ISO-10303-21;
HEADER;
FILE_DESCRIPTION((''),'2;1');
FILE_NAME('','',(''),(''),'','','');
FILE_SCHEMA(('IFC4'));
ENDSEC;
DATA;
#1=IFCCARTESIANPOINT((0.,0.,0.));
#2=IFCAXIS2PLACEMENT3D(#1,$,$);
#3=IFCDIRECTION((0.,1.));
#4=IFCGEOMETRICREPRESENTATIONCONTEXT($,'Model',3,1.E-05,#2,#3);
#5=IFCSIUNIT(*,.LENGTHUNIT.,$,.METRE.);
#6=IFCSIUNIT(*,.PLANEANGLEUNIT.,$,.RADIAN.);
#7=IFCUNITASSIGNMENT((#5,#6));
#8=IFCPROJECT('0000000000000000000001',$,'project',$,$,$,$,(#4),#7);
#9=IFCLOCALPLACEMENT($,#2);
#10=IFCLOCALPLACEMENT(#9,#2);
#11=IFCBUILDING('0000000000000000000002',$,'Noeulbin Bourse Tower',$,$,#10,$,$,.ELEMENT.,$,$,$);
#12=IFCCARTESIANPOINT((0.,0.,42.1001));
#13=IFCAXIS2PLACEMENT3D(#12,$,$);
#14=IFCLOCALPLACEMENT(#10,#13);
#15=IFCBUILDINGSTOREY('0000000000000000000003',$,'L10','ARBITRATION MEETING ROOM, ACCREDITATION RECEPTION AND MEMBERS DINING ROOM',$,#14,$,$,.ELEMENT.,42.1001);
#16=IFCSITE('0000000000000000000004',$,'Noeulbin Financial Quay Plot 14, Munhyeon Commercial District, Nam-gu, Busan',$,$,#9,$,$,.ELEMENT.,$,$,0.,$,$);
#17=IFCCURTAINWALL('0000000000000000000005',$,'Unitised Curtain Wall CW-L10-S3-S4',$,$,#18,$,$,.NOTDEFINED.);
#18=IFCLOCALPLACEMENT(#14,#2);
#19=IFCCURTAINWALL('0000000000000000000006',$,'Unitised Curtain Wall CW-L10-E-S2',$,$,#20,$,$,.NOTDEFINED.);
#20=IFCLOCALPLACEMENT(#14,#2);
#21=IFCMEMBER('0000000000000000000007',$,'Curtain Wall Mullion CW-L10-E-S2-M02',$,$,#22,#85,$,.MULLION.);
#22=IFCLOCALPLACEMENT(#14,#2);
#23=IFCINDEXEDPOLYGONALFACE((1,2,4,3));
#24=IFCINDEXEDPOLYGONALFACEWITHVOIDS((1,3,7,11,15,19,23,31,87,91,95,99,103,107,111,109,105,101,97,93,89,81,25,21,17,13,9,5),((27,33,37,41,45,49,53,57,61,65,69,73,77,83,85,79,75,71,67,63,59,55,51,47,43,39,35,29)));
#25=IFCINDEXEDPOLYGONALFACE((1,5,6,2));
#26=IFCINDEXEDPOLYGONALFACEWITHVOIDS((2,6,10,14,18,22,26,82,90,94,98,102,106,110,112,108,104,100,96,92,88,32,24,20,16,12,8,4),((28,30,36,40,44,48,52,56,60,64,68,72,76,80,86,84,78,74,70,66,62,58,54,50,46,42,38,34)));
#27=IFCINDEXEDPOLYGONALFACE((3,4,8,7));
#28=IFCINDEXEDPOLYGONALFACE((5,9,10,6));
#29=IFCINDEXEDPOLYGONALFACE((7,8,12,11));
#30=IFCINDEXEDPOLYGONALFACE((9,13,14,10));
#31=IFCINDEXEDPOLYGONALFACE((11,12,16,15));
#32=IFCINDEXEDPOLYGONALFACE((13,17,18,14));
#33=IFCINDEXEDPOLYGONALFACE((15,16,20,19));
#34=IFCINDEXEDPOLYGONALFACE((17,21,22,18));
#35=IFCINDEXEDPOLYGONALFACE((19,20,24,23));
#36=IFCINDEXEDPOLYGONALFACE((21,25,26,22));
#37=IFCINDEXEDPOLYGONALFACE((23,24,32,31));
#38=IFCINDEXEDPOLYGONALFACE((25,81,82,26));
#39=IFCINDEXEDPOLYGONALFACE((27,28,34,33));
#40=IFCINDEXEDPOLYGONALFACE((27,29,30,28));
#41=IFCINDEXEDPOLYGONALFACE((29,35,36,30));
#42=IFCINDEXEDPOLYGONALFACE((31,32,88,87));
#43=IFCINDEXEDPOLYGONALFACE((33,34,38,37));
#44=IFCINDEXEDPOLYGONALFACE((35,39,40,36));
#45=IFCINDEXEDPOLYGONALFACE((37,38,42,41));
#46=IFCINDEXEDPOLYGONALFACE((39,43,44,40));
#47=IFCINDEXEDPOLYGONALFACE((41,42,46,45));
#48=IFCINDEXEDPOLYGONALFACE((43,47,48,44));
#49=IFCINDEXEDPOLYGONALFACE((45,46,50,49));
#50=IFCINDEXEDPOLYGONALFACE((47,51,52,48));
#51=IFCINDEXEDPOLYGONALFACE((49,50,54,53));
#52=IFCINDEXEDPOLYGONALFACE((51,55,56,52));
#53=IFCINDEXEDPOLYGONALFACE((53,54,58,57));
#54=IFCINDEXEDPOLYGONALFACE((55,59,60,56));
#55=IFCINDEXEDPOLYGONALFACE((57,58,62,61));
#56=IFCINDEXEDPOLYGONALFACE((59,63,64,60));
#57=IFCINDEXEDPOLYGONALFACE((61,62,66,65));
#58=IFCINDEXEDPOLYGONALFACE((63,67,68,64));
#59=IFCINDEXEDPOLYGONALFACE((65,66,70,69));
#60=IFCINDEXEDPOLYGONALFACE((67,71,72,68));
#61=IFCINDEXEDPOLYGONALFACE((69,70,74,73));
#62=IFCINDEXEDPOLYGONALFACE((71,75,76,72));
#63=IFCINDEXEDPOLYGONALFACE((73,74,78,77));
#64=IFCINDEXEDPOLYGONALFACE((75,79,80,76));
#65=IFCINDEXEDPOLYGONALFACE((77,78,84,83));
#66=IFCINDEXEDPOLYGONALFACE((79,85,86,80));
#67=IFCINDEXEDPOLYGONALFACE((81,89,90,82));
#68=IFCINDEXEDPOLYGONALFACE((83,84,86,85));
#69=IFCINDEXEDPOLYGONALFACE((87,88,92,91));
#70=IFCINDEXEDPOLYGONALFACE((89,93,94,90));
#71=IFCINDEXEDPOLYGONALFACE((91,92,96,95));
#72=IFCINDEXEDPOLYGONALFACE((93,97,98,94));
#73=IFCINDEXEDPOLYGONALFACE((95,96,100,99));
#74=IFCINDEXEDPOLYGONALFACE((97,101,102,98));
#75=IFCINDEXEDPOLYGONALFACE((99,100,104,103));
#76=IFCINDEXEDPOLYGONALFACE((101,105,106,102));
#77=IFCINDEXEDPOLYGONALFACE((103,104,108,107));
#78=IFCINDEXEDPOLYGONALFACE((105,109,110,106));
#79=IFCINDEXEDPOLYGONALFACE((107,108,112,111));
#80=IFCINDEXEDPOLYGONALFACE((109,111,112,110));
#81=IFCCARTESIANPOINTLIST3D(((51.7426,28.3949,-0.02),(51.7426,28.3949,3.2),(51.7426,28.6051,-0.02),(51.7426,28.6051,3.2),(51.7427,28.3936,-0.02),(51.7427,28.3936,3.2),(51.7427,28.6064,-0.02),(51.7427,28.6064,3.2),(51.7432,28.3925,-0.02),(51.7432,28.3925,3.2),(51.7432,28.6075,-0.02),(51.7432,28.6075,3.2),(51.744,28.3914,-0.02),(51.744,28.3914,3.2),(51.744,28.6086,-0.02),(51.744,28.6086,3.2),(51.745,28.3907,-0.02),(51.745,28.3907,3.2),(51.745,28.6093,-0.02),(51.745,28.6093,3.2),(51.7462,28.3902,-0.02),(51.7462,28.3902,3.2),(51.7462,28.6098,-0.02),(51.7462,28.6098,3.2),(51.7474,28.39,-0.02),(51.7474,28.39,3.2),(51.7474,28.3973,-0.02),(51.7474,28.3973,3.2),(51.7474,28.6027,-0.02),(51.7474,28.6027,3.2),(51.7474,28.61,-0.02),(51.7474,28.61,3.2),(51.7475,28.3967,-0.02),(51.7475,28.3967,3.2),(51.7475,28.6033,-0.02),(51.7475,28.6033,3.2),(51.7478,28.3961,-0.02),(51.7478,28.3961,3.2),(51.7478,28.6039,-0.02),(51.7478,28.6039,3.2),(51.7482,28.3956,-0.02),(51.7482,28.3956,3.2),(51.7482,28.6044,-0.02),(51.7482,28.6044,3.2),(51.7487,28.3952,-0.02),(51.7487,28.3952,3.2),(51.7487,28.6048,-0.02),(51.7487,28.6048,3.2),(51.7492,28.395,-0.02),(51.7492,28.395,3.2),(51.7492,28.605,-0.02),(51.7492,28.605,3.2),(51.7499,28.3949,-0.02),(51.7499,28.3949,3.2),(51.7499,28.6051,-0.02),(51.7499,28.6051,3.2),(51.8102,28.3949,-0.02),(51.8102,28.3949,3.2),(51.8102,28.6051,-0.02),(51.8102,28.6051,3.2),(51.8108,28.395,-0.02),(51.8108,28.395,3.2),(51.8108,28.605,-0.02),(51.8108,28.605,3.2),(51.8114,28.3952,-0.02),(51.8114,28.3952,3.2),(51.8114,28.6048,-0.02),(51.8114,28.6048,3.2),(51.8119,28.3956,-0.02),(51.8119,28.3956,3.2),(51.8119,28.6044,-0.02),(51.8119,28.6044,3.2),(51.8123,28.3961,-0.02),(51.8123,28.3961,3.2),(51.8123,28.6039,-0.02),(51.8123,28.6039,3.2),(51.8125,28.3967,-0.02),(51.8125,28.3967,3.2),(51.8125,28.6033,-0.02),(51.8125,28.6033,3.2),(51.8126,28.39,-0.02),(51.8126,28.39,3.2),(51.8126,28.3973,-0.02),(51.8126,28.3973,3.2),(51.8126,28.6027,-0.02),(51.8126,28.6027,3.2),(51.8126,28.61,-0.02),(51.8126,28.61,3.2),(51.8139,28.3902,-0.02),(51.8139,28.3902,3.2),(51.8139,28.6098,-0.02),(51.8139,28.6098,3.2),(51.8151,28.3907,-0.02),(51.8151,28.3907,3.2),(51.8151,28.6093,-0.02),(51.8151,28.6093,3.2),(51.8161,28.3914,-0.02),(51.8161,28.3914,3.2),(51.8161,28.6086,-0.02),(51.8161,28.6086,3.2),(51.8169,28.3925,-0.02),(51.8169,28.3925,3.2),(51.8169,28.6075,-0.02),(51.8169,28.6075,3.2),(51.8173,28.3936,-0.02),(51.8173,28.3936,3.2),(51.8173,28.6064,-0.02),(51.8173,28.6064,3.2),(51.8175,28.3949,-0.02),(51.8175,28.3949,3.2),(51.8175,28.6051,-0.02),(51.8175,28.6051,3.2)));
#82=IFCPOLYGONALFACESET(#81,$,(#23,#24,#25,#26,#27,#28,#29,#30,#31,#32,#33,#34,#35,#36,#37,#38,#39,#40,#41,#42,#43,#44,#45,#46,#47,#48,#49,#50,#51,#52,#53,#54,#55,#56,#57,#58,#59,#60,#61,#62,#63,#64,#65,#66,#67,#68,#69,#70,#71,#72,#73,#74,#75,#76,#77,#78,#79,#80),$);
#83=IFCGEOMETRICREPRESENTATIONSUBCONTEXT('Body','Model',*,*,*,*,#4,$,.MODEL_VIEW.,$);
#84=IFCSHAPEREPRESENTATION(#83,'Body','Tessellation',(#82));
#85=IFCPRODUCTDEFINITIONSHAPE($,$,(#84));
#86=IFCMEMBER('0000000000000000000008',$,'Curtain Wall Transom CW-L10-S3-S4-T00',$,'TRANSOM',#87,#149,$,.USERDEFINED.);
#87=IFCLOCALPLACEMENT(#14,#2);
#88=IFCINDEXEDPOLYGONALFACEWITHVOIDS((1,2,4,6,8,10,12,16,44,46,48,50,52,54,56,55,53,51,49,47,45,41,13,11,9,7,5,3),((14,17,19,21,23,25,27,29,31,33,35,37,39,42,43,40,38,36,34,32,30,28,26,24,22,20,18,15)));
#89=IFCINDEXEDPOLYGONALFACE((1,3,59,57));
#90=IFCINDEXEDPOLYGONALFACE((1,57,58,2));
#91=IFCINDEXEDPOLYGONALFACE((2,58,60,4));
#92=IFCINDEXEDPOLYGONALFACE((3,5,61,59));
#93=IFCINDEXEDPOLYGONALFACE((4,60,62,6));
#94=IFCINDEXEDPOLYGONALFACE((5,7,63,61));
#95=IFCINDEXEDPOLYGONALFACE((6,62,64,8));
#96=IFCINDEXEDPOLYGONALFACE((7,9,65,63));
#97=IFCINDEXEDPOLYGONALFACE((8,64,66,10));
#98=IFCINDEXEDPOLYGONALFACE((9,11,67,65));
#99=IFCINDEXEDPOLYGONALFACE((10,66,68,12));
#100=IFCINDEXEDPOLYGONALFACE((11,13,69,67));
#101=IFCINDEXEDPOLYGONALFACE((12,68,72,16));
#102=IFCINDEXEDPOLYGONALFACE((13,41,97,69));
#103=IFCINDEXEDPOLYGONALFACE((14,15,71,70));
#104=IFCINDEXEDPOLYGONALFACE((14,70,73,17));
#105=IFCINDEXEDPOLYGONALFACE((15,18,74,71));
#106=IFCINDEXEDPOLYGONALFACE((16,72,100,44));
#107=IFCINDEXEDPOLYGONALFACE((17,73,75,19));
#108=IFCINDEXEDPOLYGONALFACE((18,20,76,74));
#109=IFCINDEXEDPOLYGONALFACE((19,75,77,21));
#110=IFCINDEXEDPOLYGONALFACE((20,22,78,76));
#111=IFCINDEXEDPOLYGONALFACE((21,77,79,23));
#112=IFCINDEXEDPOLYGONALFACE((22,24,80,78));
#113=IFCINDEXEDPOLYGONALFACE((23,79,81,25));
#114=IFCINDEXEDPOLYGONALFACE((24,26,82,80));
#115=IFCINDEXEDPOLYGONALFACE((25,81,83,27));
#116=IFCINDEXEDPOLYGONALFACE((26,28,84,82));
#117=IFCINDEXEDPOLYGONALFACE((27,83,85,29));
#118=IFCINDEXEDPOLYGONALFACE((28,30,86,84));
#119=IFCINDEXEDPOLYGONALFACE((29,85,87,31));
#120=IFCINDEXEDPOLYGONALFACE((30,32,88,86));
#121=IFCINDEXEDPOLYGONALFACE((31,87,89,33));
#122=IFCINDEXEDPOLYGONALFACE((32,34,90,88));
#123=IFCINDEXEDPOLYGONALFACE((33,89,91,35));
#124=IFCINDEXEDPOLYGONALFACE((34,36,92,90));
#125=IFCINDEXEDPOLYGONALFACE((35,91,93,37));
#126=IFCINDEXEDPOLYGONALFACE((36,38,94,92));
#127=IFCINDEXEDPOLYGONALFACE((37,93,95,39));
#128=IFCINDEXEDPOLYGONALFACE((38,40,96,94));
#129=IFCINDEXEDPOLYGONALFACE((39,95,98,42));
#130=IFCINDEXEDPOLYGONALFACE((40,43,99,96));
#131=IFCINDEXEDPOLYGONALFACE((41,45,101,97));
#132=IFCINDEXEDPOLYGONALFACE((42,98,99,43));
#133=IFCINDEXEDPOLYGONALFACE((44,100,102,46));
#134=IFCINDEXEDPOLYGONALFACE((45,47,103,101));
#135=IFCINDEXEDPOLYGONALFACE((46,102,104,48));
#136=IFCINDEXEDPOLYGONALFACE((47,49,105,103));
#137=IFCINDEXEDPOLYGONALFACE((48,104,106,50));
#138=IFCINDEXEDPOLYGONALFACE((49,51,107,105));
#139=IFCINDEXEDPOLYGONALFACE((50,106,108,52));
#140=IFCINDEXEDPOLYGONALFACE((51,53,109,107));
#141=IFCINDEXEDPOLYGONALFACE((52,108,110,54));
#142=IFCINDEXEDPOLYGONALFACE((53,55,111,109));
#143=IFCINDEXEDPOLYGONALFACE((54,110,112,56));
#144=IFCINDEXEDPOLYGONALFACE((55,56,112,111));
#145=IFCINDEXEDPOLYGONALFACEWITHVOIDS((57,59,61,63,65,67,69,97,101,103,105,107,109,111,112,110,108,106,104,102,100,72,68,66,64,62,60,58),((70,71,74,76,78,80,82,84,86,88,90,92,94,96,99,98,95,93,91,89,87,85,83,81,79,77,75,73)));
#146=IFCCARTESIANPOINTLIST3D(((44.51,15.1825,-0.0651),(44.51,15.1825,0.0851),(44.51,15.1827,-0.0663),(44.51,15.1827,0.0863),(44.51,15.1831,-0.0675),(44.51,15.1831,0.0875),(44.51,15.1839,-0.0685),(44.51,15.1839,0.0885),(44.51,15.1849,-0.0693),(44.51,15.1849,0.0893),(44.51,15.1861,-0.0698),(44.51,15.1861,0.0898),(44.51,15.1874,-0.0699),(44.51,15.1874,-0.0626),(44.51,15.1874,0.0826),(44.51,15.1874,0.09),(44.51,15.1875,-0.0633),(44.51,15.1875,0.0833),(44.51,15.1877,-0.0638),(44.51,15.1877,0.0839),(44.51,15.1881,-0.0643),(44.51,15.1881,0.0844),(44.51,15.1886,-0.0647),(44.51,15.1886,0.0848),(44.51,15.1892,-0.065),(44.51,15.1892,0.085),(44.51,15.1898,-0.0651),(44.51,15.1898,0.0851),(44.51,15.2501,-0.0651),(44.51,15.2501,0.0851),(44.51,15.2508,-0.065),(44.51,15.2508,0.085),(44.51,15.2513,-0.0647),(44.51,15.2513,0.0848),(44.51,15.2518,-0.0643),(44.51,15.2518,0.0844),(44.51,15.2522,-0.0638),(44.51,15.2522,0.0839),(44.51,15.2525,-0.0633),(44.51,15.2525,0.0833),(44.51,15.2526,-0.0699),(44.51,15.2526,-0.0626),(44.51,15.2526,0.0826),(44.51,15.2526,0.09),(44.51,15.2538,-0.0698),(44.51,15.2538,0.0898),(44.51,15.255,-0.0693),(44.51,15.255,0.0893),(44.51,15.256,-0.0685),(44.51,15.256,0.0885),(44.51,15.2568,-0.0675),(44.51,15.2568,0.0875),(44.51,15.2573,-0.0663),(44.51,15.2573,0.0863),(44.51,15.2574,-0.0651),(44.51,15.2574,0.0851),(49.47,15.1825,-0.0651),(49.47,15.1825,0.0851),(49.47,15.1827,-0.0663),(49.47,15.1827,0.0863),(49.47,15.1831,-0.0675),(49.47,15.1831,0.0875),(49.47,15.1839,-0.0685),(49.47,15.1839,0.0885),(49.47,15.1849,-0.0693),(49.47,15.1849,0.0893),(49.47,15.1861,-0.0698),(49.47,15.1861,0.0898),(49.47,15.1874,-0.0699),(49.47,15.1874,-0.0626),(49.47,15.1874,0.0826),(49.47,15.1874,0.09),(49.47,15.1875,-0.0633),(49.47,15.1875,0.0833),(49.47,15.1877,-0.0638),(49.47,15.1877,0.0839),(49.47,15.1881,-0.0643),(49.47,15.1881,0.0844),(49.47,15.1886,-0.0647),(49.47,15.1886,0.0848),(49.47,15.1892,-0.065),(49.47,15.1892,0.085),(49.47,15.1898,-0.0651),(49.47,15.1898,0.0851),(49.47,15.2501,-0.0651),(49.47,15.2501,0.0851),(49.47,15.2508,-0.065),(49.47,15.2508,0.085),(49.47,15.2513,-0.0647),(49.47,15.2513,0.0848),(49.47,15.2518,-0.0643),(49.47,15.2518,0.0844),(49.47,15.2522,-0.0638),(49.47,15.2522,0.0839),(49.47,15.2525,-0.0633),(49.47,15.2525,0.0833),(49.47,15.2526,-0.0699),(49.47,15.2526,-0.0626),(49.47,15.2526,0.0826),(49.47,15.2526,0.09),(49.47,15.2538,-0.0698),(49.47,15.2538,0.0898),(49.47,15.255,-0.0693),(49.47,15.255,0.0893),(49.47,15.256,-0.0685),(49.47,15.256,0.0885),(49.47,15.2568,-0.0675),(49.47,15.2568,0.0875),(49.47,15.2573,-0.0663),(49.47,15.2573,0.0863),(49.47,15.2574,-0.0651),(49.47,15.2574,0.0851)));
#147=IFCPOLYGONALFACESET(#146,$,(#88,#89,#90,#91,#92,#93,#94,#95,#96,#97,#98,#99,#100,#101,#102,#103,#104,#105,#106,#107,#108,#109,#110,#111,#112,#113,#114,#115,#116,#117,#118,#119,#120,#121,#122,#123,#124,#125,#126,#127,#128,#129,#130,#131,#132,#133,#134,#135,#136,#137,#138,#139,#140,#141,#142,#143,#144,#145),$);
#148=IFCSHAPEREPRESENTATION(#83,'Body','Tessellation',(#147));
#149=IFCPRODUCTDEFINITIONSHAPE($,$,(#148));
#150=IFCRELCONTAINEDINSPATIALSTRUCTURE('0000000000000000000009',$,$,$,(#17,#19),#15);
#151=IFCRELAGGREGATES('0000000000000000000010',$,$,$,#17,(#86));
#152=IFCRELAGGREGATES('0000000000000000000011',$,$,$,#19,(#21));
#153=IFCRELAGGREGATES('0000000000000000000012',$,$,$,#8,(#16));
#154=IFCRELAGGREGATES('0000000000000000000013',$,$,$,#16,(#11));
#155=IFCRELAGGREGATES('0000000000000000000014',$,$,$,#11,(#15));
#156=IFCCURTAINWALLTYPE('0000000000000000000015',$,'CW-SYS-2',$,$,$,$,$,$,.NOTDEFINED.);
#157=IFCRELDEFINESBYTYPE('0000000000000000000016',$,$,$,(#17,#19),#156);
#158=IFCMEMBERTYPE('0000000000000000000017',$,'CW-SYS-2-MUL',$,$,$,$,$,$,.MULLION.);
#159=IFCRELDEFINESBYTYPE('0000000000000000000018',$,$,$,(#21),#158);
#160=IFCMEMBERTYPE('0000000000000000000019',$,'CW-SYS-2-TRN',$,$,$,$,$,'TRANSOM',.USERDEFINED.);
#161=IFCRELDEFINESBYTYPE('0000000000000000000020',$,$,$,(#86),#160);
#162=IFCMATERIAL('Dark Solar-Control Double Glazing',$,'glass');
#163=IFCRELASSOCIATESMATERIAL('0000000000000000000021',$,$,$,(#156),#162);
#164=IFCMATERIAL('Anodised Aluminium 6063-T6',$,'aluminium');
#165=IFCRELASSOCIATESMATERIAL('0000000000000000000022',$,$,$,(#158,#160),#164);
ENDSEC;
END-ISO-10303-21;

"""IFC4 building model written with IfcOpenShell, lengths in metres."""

from ifc_helpers import new_model, si_unit, direction, frame, origin, origin_2d, place, context, subcontext, project, spatial, hollow_rectangle, extrude, material, material_profile, profile_set, type_object, element, aggregate, save


model = new_model("IFC4")

# Units and contexts
model_context = context("Model", 3, precision=1e-05, world=origin(), true_north=direction((0.0, 1.0)))
body_context = subcontext(model_context, "Body", "Model", "MODEL_VIEW")
ifc_project = project(units=[si_unit("LENGTHUNIT", "METRE"), si_unit("PLANEANGLEUNIT", "RADIAN")], contexts=[model_context])

# Site, building, storey
site_placement = place(None, origin())
site = spatial("IfcSite", under=ifc_project, at=site_placement, Name="Noeulbin Financial Quay Plot 14, Munhyeon Commercial District, Nam-gu, Busan", CompositionType="ELEMENT", RefElevation=0.0)
building_placement = place(site_placement, origin())
building = spatial("IfcBuilding", under=site, at=building_placement, Name="Noeulbin Bourse Tower", CompositionType="ELEMENT")
storey_placement = place(building_placement, frame((0.0, 0.0, 42.1001)))
storey = spatial("IfcBuildingStorey", under=building, at=storey_placement, Name="L10", Description="ARBITRATION MEETING ROOM, ACCREDITATION RECEPTION AND MEMBERS DINING ROOM", CompositionType="ELEMENT", Elevation=42.1001)

# Curtain walls, member
ifc_material_1 = material(Name="Dark Solar-Control Double Glazing", Category="glass")
curtain_wall_type = type_object("IfcCurtainWallType", Name="CW-SYS-2", PredefinedType="NOTDEFINED", material=ifc_material_1)
curtain_wall_1_placement = place(storey_placement, origin())
curtain_wall_1 = element("IfcCurtainWall", 1, at=curtain_wall_1_placement, inside=storey, type_object=curtain_wall_type, Name="Unitised Curtain Wall CW-L10-S3-S4", PredefinedType="NOTDEFINED")
ifc_material_2 = material(Name="Anodised Aluminium 6063-T6", Category="aluminium")
ifc_material_profile_1 = material_profile(ifc_material_2, hollow_rectangle(XDim=0.075, YDim=0.22, WallThickness=0.0049, InnerFilletRadius=0.0024, OuterFilletRadius=0.0049, at=origin_2d()), Name="ALU-MULL-75x220x5", Category="LoadBearing")
ifc_profile_set_1 = profile_set([ifc_material_profile_1], Name="Anodised Aluminium 6063-T6")
member_type_1 = type_object("IfcMemberType", Name="CW-SYS-2-MUL", PredefinedType="MULLION", material=ifc_profile_set_1)
curtain_wall_2_placement = place(storey_placement, origin())
curtain_wall_2 = element("IfcCurtainWall", 2, at=curtain_wall_2_placement, inside=storey, type_object=curtain_wall_type, Name="Unitised Curtain Wall CW-L10-E-S2", PredefinedType="NOTDEFINED")
member_1_placement = place(storey_placement, frame((51.78, 28.5, -0.02), z_axis=(0.0, 0.0, 1.0), x_axis=(1.0, 0.0, 0.0)))
member_1 = element("IfcMember", 3, at=member_1_placement, type_object=member_type_1, Name="Curtain Wall Mullion CW-L10-E-S2-M02", PredefinedType="MULLION", context=body_context, shape_type="SweptSolid", body=[
    extrude(hollow_rectangle(XDim=0.075, YDim=0.22, WallThickness=0.0049, InnerFilletRadius=0.0024, OuterFilletRadius=0.0049, at=origin_2d()), origin(), (0.0, 0.0, 1.0), 3.22),
])

# Member
ifc_material_profile_2 = material_profile(ifc_material_2, hollow_rectangle(XDim=0.075, YDim=0.1599, WallThickness=0.0049, InnerFilletRadius=0.0024, OuterFilletRadius=0.0049, at=origin_2d()), Name="ALU-TRAN-75x160x5", Category="LoadBearing")
ifc_profile_set_2 = profile_set([ifc_material_profile_2], Name="Anodised Aluminium 6063-T6")
member_type_2 = type_object("IfcMemberType", Name="CW-SYS-2-TRN", ElementType="TRANSOM", PredefinedType="USERDEFINED", material=ifc_profile_set_2)
member_2_placement = place(storey_placement, frame((44.51, 15.22, 0.01), z_axis=(1.0, 0.0, 0.0), x_axis=(0.0, 1.0, 0.0)))
member_2 = element("IfcMember", 4, at=member_2_placement, type_object=member_type_2, Name="Curtain Wall Transom CW-L10-S3-S4-T00", ObjectType="TRANSOM", PredefinedType="USERDEFINED", context=body_context, shape_type="SweptSolid", body=[
    extrude(hollow_rectangle(XDim=0.075, YDim=0.1599, WallThickness=0.0049, InnerFilletRadius=0.0024, OuterFilletRadius=0.0049, at=origin_2d()), origin(), (0.0, 0.0, 1.0), 4.96),
])

aggregate(curtain_wall_1, [member_2])
aggregate(curtain_wall_2, [member_1])

save(model, "model.ifc")
